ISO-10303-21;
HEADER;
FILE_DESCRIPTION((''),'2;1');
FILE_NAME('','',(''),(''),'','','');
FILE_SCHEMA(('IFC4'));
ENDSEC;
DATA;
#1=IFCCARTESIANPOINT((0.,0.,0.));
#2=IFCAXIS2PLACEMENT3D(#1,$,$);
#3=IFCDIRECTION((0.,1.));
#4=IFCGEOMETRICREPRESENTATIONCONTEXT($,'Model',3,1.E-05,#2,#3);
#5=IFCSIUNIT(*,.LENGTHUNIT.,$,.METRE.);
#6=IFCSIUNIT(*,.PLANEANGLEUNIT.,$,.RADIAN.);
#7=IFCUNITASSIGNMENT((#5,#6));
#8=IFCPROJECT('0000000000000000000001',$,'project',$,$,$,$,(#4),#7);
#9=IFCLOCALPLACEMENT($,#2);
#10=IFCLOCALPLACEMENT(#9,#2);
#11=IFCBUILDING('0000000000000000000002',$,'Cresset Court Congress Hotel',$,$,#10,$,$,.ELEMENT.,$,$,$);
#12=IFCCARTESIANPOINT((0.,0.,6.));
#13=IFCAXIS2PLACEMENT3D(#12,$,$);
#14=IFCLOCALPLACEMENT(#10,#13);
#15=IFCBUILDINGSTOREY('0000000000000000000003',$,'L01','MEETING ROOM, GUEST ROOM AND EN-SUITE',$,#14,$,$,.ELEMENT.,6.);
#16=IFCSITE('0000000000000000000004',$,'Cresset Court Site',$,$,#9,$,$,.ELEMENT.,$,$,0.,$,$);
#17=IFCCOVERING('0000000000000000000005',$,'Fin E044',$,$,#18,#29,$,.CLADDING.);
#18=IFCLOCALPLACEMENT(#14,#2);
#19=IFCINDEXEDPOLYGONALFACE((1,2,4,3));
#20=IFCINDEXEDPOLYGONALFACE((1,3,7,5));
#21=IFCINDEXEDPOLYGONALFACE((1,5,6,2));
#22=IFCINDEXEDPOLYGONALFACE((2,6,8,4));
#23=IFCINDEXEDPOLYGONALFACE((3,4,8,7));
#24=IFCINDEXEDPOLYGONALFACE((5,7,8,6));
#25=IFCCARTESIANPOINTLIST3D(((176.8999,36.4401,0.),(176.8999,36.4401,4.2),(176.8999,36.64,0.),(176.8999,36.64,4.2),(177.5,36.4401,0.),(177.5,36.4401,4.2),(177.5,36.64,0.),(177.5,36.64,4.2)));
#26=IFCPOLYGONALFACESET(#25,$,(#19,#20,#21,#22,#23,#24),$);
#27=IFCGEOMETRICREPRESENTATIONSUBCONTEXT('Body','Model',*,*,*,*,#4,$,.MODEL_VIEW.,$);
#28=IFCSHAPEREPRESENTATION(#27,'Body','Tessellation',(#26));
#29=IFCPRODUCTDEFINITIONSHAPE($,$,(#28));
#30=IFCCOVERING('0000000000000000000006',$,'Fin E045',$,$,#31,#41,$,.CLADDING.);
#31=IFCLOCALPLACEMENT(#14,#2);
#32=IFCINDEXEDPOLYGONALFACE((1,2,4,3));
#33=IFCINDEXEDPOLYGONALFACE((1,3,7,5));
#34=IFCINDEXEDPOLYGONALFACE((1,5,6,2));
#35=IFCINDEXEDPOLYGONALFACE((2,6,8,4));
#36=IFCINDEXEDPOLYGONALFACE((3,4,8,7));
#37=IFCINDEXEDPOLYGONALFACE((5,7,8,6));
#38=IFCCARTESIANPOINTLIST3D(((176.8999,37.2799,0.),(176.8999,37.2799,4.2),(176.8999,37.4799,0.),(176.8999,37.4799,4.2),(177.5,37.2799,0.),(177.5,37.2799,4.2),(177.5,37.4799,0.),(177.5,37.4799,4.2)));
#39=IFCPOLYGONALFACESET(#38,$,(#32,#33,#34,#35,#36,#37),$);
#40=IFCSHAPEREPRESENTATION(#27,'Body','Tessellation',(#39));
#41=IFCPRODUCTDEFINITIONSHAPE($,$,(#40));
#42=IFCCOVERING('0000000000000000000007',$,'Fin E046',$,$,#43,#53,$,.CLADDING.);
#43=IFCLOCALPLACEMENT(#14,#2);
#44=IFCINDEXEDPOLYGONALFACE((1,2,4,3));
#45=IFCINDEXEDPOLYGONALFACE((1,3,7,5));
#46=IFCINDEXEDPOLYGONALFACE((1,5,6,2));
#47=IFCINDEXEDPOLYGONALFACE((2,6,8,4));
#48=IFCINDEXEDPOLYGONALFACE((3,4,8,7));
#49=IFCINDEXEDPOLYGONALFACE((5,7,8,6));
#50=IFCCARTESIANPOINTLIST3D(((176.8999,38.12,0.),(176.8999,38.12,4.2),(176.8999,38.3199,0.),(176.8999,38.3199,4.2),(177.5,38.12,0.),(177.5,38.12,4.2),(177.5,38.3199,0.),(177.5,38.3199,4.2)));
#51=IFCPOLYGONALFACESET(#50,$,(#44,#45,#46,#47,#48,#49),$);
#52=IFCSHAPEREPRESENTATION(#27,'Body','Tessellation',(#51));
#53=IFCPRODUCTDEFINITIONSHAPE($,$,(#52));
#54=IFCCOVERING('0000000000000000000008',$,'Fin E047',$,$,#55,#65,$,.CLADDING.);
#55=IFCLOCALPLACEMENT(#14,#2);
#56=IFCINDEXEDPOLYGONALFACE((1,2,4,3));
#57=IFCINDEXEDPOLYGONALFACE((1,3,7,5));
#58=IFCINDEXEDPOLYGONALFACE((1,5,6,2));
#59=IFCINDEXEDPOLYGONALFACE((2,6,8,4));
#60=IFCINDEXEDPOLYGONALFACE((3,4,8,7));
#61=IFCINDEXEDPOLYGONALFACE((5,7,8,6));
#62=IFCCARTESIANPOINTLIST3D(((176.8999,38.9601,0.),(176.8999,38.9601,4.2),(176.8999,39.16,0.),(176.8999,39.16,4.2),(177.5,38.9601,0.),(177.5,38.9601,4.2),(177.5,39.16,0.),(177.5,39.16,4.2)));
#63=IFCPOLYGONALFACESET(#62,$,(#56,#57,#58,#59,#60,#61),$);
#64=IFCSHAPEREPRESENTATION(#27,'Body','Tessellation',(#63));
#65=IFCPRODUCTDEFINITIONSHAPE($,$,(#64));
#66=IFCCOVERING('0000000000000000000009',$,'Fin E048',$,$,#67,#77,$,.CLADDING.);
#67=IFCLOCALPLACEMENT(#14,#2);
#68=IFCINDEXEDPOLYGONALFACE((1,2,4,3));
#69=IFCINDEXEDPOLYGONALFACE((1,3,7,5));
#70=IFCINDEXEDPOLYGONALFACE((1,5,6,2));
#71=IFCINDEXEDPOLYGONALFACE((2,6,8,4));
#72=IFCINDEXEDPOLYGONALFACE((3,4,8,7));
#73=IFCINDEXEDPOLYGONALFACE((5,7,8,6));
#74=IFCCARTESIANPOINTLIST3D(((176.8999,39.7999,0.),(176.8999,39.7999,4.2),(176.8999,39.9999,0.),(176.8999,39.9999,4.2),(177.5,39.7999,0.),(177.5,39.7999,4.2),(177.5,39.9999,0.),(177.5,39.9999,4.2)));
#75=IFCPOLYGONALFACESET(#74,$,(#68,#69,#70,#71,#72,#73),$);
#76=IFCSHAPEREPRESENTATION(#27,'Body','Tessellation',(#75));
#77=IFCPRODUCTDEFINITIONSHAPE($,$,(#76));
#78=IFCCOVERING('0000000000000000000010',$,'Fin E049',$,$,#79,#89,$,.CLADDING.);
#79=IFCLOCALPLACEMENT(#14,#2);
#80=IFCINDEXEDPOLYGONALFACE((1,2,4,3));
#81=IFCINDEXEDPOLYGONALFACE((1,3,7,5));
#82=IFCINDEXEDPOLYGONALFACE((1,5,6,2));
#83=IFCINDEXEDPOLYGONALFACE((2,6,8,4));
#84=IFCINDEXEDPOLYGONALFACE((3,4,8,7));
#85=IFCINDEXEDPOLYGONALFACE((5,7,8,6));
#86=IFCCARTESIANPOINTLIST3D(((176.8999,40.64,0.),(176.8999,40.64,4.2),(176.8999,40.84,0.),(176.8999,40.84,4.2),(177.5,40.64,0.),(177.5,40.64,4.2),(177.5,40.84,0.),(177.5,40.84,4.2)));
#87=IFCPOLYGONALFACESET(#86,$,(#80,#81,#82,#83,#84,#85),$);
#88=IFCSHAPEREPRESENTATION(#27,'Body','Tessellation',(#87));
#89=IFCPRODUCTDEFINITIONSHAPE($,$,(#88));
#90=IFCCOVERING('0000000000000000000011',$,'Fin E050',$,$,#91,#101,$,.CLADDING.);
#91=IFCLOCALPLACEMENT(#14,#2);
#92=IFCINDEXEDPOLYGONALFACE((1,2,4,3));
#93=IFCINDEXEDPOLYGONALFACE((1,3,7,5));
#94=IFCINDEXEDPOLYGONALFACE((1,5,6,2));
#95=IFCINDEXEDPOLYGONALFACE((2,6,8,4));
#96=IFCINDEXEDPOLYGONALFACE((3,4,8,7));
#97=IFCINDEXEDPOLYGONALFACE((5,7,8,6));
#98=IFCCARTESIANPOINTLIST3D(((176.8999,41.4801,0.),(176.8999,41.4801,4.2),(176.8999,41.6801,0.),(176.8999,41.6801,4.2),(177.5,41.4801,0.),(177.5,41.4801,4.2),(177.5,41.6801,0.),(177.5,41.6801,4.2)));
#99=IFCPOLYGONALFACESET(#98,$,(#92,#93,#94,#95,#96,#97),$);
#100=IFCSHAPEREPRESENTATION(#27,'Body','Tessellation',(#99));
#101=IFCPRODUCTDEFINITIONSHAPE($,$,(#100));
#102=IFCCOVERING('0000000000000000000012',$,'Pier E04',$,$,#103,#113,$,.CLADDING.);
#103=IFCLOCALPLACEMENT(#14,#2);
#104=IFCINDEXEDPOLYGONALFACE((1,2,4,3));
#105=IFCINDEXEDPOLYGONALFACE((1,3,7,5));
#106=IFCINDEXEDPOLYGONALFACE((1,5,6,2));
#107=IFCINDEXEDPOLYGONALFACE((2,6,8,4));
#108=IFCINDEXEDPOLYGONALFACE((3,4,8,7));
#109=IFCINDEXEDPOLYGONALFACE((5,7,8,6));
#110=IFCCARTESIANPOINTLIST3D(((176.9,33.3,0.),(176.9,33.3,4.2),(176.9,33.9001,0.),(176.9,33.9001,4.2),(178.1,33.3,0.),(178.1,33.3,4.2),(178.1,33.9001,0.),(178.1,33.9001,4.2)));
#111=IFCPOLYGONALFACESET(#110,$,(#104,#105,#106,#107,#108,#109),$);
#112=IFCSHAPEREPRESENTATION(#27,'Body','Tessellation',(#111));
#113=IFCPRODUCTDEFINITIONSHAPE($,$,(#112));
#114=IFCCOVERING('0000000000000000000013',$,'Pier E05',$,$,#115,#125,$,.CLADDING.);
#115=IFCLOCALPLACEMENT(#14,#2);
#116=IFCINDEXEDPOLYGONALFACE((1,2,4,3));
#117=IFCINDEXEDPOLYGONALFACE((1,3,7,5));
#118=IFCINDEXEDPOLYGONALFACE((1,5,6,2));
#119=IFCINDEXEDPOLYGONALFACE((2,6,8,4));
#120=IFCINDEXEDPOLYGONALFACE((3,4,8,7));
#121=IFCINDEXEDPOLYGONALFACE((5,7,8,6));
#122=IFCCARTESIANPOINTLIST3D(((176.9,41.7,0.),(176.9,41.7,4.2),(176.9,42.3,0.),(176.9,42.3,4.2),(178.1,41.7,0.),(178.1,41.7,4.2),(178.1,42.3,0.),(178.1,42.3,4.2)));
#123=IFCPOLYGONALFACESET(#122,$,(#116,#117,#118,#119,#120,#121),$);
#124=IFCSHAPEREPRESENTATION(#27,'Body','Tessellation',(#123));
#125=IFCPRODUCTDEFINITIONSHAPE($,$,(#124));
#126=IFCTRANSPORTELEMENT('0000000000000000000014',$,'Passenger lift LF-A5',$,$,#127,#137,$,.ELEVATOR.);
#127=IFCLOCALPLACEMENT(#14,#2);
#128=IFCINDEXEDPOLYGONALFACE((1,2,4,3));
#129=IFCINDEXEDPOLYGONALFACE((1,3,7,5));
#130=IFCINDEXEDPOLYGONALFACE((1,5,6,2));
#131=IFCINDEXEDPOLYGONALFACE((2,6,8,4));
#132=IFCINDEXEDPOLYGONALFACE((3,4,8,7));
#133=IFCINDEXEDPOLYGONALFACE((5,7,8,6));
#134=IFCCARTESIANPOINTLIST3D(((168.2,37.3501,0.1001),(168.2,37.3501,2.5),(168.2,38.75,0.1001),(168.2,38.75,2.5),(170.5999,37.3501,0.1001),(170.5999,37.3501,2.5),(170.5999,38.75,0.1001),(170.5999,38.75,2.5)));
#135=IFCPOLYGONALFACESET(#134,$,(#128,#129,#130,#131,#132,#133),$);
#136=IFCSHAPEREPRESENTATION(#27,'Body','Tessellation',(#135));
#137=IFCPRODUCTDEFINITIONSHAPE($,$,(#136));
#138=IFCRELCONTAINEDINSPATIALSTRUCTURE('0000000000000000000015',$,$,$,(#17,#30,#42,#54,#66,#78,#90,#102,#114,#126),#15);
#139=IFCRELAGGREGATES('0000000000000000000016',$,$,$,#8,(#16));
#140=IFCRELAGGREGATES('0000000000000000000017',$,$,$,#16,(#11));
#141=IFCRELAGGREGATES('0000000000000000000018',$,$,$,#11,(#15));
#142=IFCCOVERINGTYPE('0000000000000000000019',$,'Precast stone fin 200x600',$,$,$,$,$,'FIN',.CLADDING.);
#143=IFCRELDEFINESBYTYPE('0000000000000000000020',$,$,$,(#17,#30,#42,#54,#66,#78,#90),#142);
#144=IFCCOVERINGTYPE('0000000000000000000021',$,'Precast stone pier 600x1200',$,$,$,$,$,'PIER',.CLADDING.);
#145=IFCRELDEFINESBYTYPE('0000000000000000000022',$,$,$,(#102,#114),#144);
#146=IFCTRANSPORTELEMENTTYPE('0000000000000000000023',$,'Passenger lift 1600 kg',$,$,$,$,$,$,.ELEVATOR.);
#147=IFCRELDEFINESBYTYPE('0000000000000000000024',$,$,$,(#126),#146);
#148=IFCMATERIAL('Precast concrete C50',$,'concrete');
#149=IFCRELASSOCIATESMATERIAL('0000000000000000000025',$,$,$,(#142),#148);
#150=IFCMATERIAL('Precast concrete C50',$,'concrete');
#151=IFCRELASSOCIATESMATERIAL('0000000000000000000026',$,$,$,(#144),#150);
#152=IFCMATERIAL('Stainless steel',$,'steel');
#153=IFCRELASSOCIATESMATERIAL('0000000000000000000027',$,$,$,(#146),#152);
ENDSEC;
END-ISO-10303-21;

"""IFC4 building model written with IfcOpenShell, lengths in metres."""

from ifc_helpers import new_model, si_unit, direction, frame, origin, origin_2d, place, context, subcontext, project, spatial, rectangle, extrude, material, type_object, element, save


model = new_model("IFC4")

# Units and contexts
model_context = context("Model", 3, precision=1e-05, world=origin(), true_north=direction((0.0, 1.0)))
body_context = subcontext(model_context, "Body", "Model", "MODEL_VIEW")
ifc_project = project(units=[si_unit("LENGTHUNIT", "METRE"), si_unit("PLANEANGLEUNIT", "RADIAN")], contexts=[model_context])

# Site, building, storey
site_placement = place(None, origin())
site = spatial("IfcSite", under=ifc_project, at=site_placement, Name="Cresset Court Site", CompositionType="ELEMENT", RefElevation=0.0)
building_placement = place(site_placement, origin())
building = spatial("IfcBuilding", under=site, at=building_placement, Name="Cresset Court Congress Hotel", CompositionType="ELEMENT")
storey_placement = place(building_placement, frame((0.0, 0.0, 6.0)))
storey = spatial("IfcBuildingStorey", under=building, at=storey_placement, Name="L01", Description="MEETING ROOM, GUEST ROOM AND EN-SUITE", CompositionType="ELEMENT", Elevation=6.0)

# Coverings
ifc_material_1 = material(Name="Precast concrete C50", Category="concrete")
covering_type_1 = type_object("IfcCoveringType", Name="Precast stone fin 200x600", ElementType="FIN", PredefinedType="CLADDING", material=ifc_material_1)
for number, where, z_axis, x_axis, name in (
    (1, (177.2, 36.54, 0.0), (0.0, 0.0, 1.0), (1.0, 0.0, 0.0), "Fin E044"),
    (2, (177.2, 37.3799, 0.0), (0.0, 0.0, 1.0), (1.0, 0.0, 0.0), "Fin E045"),
    (3, (177.2, 38.22, 0.0), (0.0, 0.0, 1.0), (1.0, 0.0, 0.0), "Fin E046"),
    (4, (177.2, 39.0601, 0.0), (0.0, 0.0, 1.0), (1.0, 0.0, 0.0), "Fin E047"),
    (5, (177.2, 39.8999, 0.0), (0.0, 0.0, 1.0), (1.0, 0.0, 0.0), "Fin E048"),
    (6, (177.2, 40.74, 0.0), (0.0, 0.0, 1.0), (1.0, 0.0, 0.0), "Fin E049"),
    (7, (177.2, 41.5801, 0.0), (0.0, 0.0, 1.0), (1.0, 0.0, 0.0), "Fin E050"),
):
    element("IfcCovering", number, at=place(storey_placement, frame(where, z_axis=z_axis, x_axis=x_axis)), inside=storey, type_object=covering_type_1, Name=name, PredefinedType="CLADDING", context=body_context, shape_type="SweptSolid", body=[
        extrude(rectangle(XDim=0.6001, YDim=0.2, at=origin_2d()), origin(), (0.0, 0.0, 1.0), 4.2),
    ])
ifc_material_2 = material(Name="Precast concrete C50", Category="concrete")
covering_type_2 = type_object("IfcCoveringType", Name="Precast stone pier 600x1200", ElementType="PIER", PredefinedType="CLADDING", material=ifc_material_2)
for number, where, z_axis, x_axis, name in (
    (8, (177.5, 33.6001, 0.0), (0.0, 0.0, 1.0), (1.0, 0.0, 0.0), "Pier E04"),
    (9, (177.5, 42.0, 0.0), (0.0, 0.0, 1.0), (1.0, 0.0, 0.0), "Pier E05"),
):
    element("IfcCovering", number, at=place(storey_placement, frame(where, z_axis=z_axis, x_axis=x_axis)), inside=storey, type_object=covering_type_2, Name=name, PredefinedType="CLADDING", context=body_context, shape_type="SweptSolid", body=[
        extrude(rectangle(XDim=1.2, YDim=0.6001, at=origin_2d()), origin(), (0.0, 0.0, 1.0), 4.2),
    ])

# Transport element
ifc_material_3 = material(Name="Stainless steel", Category="steel")
transport_element_type = type_object("IfcTransportElementType", Name="Passenger lift 1600 kg", PredefinedType="ELEVATOR", material=ifc_material_3)
transport_element_placement = place(storey_placement, frame((169.3999, 38.05, 0.1001), z_axis=(0.0, 0.0, 1.0), x_axis=(1.0, 0.0, 0.0)))
element("IfcTransportElement", 10, at=transport_element_placement, inside=storey, type_object=transport_element_type, Name="Passenger lift LF-A5", PredefinedType="ELEVATOR", context=body_context, shape_type="SweptSolid", body=[
    extrude(rectangle(XDim=2.3999, YDim=1.3999, at=origin_2d()), origin(), (0.0, 0.0, 1.0), 2.3999),
])

save(model, "model.ifc")
